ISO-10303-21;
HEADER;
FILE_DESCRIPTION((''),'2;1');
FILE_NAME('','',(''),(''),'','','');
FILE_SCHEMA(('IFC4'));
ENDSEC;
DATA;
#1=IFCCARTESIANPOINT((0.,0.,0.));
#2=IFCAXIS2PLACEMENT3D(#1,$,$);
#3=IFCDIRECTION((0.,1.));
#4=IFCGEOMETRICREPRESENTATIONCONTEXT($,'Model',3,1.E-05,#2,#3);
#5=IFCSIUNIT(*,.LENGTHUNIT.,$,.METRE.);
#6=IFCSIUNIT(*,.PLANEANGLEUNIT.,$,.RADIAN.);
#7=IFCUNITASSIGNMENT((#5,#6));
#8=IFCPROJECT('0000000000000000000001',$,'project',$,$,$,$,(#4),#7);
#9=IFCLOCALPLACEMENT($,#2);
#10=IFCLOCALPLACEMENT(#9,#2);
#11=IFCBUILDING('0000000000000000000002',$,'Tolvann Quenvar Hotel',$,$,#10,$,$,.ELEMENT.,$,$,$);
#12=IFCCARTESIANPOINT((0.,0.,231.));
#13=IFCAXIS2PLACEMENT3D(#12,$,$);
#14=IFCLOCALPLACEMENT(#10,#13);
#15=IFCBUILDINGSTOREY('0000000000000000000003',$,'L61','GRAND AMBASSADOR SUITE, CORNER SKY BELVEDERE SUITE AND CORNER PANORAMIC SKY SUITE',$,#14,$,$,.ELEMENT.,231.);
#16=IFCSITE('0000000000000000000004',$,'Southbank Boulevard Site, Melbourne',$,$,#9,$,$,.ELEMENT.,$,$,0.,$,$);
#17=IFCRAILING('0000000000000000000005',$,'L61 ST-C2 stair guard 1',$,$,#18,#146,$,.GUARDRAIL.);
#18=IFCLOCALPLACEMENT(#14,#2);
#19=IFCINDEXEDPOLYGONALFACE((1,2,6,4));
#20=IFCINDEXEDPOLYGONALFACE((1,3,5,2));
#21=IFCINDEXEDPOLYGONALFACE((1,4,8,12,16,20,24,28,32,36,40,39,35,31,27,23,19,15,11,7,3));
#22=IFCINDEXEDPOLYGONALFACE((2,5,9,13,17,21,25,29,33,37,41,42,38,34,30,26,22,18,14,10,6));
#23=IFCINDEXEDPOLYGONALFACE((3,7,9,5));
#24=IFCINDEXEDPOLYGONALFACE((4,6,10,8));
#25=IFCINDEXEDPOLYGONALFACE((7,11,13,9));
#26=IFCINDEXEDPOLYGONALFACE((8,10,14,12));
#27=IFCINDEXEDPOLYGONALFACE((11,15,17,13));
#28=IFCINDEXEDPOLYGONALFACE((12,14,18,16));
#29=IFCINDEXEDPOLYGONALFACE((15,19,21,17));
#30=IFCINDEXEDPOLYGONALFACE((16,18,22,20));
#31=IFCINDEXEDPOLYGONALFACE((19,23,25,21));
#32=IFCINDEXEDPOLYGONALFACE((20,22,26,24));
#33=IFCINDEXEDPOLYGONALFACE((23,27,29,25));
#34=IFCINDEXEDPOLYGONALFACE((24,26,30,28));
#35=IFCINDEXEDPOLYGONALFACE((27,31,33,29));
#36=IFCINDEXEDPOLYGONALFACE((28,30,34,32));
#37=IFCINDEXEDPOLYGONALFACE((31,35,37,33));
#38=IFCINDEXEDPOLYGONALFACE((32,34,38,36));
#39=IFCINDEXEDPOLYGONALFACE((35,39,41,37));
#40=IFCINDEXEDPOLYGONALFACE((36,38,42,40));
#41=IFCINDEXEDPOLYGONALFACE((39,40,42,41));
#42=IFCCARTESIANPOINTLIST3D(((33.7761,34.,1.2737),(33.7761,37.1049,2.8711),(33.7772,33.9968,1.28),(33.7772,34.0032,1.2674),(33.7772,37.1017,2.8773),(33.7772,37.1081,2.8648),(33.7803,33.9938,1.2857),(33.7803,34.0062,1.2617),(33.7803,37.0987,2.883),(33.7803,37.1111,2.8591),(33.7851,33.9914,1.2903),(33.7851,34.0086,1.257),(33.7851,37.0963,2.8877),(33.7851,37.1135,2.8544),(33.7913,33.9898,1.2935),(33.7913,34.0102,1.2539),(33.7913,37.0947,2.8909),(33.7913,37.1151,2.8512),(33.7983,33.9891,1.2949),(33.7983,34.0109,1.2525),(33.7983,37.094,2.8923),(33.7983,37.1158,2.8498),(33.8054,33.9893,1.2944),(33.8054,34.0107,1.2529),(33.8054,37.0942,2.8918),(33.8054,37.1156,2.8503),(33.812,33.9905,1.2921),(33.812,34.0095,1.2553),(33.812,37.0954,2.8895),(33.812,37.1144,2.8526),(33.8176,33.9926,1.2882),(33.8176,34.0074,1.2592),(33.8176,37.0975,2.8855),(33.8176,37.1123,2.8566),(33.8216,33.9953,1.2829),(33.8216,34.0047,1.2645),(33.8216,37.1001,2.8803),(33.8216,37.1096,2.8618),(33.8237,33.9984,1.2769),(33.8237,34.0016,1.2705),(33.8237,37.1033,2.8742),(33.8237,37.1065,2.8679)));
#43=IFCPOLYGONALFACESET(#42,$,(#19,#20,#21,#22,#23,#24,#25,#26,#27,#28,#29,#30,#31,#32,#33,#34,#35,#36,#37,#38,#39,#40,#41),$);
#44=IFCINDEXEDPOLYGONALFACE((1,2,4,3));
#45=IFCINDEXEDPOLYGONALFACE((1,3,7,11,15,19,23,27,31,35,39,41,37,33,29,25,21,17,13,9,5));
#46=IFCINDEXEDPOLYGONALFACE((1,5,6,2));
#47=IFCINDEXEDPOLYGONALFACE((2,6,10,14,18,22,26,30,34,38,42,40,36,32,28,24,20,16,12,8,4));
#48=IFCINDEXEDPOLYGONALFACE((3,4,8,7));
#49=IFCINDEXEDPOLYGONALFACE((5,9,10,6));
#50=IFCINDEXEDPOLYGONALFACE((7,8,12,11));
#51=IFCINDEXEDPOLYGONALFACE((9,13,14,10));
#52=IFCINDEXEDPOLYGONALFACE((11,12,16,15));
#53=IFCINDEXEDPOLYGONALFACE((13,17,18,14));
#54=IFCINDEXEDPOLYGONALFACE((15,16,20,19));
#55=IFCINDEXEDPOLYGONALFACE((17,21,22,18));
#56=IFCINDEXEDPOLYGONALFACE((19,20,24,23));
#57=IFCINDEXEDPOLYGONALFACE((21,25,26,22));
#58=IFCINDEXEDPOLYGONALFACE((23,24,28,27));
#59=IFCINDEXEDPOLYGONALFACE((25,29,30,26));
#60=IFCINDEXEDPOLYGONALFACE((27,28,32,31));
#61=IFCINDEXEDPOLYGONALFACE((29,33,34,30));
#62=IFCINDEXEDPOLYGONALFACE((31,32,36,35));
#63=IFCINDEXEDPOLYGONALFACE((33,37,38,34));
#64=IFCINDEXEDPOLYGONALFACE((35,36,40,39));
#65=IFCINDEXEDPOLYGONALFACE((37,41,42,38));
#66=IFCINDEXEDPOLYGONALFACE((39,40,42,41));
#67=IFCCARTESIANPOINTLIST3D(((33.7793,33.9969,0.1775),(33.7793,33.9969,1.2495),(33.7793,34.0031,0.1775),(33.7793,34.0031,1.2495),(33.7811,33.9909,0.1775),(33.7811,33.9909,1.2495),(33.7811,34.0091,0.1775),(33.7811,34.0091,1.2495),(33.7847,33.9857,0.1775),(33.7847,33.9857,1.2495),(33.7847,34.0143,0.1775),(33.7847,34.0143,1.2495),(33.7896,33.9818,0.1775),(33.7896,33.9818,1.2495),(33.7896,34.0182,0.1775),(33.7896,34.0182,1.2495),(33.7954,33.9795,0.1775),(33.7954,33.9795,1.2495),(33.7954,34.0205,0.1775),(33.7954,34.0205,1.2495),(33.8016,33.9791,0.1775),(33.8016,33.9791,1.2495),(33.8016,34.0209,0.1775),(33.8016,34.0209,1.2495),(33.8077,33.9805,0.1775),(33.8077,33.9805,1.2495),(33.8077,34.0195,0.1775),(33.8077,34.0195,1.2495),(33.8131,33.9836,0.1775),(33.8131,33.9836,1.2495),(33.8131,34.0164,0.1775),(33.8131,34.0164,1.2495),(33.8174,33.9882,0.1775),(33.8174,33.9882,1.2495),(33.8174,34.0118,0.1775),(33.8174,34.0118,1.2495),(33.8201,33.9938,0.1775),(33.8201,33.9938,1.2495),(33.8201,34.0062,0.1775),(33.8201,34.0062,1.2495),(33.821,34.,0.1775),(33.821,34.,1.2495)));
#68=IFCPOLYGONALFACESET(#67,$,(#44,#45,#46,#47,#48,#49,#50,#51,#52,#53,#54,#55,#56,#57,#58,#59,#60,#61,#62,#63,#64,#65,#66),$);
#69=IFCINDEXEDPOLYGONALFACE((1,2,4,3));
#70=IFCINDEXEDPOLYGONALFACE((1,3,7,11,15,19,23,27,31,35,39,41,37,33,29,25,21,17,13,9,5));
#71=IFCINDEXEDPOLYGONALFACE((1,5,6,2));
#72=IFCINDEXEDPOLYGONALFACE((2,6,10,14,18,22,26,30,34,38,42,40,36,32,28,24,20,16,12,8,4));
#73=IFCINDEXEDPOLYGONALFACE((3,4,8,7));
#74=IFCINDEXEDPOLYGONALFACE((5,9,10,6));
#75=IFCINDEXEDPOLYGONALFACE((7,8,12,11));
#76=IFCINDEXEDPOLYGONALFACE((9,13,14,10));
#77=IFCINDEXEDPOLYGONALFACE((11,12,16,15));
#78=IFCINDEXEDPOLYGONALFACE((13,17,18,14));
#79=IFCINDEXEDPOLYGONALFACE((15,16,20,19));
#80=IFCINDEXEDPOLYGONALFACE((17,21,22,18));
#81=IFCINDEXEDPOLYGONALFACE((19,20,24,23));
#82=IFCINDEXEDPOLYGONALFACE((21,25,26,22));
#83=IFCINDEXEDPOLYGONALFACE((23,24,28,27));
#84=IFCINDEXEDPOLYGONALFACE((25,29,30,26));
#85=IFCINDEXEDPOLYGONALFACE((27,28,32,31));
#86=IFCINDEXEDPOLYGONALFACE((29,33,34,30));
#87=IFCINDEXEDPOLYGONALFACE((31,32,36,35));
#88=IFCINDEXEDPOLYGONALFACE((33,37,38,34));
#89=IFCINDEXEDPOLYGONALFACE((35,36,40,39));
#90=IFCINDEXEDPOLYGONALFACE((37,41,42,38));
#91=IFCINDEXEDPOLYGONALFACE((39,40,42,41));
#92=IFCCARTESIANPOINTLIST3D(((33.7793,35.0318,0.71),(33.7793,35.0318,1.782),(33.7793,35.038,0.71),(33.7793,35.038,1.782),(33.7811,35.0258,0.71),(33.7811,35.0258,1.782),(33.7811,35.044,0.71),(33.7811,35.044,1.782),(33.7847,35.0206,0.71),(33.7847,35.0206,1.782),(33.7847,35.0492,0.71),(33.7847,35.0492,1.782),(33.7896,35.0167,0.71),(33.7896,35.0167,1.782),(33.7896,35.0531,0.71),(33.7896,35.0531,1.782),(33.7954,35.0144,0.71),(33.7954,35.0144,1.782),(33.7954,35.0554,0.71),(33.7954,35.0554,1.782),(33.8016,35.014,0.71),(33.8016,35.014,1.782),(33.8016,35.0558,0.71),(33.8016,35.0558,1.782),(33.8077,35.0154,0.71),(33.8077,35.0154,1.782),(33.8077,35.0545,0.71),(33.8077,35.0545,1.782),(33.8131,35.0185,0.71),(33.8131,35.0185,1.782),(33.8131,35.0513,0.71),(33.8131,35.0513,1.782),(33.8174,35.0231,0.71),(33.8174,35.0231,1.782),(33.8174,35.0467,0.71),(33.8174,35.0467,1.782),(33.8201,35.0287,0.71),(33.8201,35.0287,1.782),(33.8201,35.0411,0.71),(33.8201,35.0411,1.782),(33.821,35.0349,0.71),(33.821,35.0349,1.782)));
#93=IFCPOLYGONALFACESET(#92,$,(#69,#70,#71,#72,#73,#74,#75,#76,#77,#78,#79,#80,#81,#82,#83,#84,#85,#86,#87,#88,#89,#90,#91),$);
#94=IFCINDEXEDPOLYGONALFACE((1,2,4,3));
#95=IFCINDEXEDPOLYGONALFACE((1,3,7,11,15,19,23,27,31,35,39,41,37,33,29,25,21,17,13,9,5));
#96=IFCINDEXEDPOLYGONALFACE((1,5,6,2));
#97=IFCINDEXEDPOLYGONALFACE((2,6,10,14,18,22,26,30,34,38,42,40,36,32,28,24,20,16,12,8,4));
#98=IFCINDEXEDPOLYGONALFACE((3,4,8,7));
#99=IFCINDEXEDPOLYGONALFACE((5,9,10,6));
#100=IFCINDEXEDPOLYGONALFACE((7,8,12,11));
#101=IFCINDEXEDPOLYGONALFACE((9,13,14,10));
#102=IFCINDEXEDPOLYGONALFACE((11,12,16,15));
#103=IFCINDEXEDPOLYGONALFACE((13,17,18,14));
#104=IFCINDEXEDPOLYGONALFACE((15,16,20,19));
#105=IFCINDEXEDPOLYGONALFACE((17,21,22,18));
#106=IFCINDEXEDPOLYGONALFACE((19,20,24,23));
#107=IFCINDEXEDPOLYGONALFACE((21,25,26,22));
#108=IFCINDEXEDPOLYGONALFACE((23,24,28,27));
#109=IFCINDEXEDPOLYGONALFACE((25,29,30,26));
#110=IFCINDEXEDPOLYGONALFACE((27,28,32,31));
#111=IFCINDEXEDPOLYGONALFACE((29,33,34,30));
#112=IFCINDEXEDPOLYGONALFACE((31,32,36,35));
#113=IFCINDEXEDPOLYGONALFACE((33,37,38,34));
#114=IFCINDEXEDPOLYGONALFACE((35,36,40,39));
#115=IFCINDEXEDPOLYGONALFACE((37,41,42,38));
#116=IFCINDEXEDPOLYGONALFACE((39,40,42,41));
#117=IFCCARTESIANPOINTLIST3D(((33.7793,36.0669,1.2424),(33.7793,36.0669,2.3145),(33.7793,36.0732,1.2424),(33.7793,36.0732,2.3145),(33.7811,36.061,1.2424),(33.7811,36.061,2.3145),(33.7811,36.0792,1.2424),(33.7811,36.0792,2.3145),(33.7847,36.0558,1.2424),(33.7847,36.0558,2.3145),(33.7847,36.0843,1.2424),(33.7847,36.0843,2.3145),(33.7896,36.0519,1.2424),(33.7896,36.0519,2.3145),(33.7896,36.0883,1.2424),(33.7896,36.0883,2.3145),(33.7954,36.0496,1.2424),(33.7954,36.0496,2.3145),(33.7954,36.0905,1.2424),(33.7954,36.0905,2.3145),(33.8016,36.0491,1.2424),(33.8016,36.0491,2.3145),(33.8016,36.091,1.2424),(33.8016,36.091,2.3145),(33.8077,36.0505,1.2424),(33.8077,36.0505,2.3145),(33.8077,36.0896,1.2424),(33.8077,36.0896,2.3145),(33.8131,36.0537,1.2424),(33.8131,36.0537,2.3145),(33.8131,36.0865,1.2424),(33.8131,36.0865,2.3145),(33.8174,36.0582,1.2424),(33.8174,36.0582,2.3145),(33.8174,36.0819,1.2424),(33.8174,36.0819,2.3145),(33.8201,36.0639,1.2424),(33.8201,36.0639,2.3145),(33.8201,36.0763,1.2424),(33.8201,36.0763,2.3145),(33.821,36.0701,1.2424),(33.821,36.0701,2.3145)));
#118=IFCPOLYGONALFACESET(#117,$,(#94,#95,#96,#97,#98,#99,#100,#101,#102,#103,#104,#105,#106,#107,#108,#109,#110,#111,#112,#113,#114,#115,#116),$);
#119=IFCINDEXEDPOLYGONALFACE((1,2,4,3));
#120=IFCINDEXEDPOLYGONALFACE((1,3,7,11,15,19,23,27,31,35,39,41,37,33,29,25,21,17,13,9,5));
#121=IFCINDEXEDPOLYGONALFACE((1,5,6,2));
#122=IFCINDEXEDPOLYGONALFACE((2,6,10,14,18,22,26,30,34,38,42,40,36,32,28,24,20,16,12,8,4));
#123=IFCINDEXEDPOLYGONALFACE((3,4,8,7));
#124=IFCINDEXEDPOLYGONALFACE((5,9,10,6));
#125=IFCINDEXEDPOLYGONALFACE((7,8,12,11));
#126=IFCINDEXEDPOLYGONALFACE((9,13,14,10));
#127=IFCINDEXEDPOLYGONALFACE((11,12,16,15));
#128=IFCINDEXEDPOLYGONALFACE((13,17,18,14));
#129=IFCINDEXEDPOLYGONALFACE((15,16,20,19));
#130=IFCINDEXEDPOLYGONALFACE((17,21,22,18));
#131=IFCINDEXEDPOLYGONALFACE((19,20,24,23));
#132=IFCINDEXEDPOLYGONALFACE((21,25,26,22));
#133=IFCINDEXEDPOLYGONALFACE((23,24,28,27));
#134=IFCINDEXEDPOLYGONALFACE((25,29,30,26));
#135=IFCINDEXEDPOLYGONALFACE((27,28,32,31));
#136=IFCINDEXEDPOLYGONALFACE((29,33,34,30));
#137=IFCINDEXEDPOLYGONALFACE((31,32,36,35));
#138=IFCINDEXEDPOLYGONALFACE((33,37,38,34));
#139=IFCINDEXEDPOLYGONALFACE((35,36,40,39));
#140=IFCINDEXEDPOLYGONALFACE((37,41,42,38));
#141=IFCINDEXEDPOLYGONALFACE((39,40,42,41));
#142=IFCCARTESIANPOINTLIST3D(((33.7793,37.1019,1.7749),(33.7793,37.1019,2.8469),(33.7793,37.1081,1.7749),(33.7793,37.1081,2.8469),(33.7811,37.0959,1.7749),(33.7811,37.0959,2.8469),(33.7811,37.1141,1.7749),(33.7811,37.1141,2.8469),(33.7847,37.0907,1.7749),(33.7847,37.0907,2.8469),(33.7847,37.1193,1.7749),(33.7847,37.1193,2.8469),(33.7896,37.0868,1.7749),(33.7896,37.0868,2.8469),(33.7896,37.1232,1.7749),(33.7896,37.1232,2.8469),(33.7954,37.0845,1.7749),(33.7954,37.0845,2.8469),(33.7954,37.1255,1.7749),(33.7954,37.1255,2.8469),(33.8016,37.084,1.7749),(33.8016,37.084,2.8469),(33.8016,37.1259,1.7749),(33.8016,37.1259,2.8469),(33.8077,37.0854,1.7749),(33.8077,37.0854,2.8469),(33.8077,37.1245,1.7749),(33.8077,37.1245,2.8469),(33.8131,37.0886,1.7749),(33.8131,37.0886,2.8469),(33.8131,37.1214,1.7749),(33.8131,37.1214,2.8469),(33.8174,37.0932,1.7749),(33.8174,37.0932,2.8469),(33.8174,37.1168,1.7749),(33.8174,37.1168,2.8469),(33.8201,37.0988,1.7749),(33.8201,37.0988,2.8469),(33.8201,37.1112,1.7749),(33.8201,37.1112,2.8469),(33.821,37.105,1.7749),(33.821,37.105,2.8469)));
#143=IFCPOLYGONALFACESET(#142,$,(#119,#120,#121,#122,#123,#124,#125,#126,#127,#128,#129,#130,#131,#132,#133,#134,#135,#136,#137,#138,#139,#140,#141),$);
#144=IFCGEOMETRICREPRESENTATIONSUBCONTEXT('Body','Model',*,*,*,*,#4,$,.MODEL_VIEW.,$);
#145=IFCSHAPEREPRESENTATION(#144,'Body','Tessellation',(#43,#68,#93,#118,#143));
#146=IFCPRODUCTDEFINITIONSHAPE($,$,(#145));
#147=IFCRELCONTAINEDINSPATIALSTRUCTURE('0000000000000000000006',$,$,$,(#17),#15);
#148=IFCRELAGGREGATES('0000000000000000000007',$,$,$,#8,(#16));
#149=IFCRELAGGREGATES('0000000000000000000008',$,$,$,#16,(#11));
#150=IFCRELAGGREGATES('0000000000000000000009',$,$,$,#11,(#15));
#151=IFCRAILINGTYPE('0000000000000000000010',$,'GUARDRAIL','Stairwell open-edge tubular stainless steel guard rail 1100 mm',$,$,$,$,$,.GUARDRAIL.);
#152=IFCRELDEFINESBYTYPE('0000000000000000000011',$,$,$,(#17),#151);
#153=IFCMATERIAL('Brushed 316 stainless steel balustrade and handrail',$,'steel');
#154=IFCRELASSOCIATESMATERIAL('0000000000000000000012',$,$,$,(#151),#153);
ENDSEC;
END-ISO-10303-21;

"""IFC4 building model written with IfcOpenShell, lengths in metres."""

from ifc_helpers import new_model, si_unit, direction, frame, origin, origin_2d, place, context, subcontext, project, spatial, circle, extrude, material, type_object, element, save


model = new_model("IFC4")

# Units and contexts
model_context = context("Model", 3, precision=1e-05, world=origin(), true_north=direction((0.0, 1.0)))
body_context = subcontext(model_context, "Body", "Model", "MODEL_VIEW")
ifc_project = project(units=[si_unit("LENGTHUNIT", "METRE"), si_unit("PLANEANGLEUNIT", "RADIAN")], contexts=[model_context])

# Site, building, storey
site_placement = place(None, origin())
site = spatial("IfcSite", under=ifc_project, at=site_placement, Name="Southbank Boulevard Site, Melbourne", CompositionType="ELEMENT", RefElevation=0.0)
building_placement = place(site_placement, origin())
building = spatial("IfcBuilding", under=site, at=building_placement, Name="Tolvann Quenvar Hotel", CompositionType="ELEMENT")
storey_placement = place(building_placement, frame((0.0, 0.0, 231.0)))
storey = spatial("IfcBuildingStorey", under=building, at=storey_placement, Name="L61", Description="GRAND AMBASSADOR SUITE, CORNER SKY BELVEDERE SUITE AND CORNER PANORAMIC SKY SUITE", CompositionType="ELEMENT", Elevation=231.0)

# Railing
ifc_material_1 = material(Name="Brushed 316 stainless steel balustrade and handrail", Category="steel")
railing_type_1 = type_object("IfcRailingType", Name="GUARDRAIL", Description="Stairwell open-edge tubular stainless steel guard rail 1100 mm", PredefinedType="GUARDRAIL", material=ifc_material_1)
railing_1_placement = place(storey_placement, frame((33.8, 34.0, 0.1775)))
element("IfcRailing", 1, at=railing_1_placement, inside=storey, type_object=railing_type_1, Name="L61 ST-C2 stair guard 1", PredefinedType="GUARDRAIL", context=body_context, shape_type="SweptSolid", body=[
    extrude(circle(Radius=0.0239, at=origin_2d()), frame((0.0, 0.0, 1.0962), z_axis=(0.0, 0.889222, 0.457476), x_axis=(-1.0, 0.0, 0.0)), (0.0, 0.0, 1.0), 3.4917),
    extrude(circle(Radius=0.021, at=origin_2d()), origin(), (0.0, 0.0, 1.0), 1.072),
    extrude(circle(Radius=0.021, at=origin_2d()), frame((0.0, 1.0349, 0.5325)), (0.0, 0.0, 1.0), 1.072),
    extrude(circle(Radius=0.021, at=origin_2d()), frame((0.0, 2.0701, 1.0649)), (0.0, 0.0, 1.0), 1.072),
    extrude(circle(Radius=0.021, at=origin_2d()), frame((0.0, 3.105, 1.5974)), (0.0, 0.0, 1.0), 1.072),
])

save(model, "model.ifc")
